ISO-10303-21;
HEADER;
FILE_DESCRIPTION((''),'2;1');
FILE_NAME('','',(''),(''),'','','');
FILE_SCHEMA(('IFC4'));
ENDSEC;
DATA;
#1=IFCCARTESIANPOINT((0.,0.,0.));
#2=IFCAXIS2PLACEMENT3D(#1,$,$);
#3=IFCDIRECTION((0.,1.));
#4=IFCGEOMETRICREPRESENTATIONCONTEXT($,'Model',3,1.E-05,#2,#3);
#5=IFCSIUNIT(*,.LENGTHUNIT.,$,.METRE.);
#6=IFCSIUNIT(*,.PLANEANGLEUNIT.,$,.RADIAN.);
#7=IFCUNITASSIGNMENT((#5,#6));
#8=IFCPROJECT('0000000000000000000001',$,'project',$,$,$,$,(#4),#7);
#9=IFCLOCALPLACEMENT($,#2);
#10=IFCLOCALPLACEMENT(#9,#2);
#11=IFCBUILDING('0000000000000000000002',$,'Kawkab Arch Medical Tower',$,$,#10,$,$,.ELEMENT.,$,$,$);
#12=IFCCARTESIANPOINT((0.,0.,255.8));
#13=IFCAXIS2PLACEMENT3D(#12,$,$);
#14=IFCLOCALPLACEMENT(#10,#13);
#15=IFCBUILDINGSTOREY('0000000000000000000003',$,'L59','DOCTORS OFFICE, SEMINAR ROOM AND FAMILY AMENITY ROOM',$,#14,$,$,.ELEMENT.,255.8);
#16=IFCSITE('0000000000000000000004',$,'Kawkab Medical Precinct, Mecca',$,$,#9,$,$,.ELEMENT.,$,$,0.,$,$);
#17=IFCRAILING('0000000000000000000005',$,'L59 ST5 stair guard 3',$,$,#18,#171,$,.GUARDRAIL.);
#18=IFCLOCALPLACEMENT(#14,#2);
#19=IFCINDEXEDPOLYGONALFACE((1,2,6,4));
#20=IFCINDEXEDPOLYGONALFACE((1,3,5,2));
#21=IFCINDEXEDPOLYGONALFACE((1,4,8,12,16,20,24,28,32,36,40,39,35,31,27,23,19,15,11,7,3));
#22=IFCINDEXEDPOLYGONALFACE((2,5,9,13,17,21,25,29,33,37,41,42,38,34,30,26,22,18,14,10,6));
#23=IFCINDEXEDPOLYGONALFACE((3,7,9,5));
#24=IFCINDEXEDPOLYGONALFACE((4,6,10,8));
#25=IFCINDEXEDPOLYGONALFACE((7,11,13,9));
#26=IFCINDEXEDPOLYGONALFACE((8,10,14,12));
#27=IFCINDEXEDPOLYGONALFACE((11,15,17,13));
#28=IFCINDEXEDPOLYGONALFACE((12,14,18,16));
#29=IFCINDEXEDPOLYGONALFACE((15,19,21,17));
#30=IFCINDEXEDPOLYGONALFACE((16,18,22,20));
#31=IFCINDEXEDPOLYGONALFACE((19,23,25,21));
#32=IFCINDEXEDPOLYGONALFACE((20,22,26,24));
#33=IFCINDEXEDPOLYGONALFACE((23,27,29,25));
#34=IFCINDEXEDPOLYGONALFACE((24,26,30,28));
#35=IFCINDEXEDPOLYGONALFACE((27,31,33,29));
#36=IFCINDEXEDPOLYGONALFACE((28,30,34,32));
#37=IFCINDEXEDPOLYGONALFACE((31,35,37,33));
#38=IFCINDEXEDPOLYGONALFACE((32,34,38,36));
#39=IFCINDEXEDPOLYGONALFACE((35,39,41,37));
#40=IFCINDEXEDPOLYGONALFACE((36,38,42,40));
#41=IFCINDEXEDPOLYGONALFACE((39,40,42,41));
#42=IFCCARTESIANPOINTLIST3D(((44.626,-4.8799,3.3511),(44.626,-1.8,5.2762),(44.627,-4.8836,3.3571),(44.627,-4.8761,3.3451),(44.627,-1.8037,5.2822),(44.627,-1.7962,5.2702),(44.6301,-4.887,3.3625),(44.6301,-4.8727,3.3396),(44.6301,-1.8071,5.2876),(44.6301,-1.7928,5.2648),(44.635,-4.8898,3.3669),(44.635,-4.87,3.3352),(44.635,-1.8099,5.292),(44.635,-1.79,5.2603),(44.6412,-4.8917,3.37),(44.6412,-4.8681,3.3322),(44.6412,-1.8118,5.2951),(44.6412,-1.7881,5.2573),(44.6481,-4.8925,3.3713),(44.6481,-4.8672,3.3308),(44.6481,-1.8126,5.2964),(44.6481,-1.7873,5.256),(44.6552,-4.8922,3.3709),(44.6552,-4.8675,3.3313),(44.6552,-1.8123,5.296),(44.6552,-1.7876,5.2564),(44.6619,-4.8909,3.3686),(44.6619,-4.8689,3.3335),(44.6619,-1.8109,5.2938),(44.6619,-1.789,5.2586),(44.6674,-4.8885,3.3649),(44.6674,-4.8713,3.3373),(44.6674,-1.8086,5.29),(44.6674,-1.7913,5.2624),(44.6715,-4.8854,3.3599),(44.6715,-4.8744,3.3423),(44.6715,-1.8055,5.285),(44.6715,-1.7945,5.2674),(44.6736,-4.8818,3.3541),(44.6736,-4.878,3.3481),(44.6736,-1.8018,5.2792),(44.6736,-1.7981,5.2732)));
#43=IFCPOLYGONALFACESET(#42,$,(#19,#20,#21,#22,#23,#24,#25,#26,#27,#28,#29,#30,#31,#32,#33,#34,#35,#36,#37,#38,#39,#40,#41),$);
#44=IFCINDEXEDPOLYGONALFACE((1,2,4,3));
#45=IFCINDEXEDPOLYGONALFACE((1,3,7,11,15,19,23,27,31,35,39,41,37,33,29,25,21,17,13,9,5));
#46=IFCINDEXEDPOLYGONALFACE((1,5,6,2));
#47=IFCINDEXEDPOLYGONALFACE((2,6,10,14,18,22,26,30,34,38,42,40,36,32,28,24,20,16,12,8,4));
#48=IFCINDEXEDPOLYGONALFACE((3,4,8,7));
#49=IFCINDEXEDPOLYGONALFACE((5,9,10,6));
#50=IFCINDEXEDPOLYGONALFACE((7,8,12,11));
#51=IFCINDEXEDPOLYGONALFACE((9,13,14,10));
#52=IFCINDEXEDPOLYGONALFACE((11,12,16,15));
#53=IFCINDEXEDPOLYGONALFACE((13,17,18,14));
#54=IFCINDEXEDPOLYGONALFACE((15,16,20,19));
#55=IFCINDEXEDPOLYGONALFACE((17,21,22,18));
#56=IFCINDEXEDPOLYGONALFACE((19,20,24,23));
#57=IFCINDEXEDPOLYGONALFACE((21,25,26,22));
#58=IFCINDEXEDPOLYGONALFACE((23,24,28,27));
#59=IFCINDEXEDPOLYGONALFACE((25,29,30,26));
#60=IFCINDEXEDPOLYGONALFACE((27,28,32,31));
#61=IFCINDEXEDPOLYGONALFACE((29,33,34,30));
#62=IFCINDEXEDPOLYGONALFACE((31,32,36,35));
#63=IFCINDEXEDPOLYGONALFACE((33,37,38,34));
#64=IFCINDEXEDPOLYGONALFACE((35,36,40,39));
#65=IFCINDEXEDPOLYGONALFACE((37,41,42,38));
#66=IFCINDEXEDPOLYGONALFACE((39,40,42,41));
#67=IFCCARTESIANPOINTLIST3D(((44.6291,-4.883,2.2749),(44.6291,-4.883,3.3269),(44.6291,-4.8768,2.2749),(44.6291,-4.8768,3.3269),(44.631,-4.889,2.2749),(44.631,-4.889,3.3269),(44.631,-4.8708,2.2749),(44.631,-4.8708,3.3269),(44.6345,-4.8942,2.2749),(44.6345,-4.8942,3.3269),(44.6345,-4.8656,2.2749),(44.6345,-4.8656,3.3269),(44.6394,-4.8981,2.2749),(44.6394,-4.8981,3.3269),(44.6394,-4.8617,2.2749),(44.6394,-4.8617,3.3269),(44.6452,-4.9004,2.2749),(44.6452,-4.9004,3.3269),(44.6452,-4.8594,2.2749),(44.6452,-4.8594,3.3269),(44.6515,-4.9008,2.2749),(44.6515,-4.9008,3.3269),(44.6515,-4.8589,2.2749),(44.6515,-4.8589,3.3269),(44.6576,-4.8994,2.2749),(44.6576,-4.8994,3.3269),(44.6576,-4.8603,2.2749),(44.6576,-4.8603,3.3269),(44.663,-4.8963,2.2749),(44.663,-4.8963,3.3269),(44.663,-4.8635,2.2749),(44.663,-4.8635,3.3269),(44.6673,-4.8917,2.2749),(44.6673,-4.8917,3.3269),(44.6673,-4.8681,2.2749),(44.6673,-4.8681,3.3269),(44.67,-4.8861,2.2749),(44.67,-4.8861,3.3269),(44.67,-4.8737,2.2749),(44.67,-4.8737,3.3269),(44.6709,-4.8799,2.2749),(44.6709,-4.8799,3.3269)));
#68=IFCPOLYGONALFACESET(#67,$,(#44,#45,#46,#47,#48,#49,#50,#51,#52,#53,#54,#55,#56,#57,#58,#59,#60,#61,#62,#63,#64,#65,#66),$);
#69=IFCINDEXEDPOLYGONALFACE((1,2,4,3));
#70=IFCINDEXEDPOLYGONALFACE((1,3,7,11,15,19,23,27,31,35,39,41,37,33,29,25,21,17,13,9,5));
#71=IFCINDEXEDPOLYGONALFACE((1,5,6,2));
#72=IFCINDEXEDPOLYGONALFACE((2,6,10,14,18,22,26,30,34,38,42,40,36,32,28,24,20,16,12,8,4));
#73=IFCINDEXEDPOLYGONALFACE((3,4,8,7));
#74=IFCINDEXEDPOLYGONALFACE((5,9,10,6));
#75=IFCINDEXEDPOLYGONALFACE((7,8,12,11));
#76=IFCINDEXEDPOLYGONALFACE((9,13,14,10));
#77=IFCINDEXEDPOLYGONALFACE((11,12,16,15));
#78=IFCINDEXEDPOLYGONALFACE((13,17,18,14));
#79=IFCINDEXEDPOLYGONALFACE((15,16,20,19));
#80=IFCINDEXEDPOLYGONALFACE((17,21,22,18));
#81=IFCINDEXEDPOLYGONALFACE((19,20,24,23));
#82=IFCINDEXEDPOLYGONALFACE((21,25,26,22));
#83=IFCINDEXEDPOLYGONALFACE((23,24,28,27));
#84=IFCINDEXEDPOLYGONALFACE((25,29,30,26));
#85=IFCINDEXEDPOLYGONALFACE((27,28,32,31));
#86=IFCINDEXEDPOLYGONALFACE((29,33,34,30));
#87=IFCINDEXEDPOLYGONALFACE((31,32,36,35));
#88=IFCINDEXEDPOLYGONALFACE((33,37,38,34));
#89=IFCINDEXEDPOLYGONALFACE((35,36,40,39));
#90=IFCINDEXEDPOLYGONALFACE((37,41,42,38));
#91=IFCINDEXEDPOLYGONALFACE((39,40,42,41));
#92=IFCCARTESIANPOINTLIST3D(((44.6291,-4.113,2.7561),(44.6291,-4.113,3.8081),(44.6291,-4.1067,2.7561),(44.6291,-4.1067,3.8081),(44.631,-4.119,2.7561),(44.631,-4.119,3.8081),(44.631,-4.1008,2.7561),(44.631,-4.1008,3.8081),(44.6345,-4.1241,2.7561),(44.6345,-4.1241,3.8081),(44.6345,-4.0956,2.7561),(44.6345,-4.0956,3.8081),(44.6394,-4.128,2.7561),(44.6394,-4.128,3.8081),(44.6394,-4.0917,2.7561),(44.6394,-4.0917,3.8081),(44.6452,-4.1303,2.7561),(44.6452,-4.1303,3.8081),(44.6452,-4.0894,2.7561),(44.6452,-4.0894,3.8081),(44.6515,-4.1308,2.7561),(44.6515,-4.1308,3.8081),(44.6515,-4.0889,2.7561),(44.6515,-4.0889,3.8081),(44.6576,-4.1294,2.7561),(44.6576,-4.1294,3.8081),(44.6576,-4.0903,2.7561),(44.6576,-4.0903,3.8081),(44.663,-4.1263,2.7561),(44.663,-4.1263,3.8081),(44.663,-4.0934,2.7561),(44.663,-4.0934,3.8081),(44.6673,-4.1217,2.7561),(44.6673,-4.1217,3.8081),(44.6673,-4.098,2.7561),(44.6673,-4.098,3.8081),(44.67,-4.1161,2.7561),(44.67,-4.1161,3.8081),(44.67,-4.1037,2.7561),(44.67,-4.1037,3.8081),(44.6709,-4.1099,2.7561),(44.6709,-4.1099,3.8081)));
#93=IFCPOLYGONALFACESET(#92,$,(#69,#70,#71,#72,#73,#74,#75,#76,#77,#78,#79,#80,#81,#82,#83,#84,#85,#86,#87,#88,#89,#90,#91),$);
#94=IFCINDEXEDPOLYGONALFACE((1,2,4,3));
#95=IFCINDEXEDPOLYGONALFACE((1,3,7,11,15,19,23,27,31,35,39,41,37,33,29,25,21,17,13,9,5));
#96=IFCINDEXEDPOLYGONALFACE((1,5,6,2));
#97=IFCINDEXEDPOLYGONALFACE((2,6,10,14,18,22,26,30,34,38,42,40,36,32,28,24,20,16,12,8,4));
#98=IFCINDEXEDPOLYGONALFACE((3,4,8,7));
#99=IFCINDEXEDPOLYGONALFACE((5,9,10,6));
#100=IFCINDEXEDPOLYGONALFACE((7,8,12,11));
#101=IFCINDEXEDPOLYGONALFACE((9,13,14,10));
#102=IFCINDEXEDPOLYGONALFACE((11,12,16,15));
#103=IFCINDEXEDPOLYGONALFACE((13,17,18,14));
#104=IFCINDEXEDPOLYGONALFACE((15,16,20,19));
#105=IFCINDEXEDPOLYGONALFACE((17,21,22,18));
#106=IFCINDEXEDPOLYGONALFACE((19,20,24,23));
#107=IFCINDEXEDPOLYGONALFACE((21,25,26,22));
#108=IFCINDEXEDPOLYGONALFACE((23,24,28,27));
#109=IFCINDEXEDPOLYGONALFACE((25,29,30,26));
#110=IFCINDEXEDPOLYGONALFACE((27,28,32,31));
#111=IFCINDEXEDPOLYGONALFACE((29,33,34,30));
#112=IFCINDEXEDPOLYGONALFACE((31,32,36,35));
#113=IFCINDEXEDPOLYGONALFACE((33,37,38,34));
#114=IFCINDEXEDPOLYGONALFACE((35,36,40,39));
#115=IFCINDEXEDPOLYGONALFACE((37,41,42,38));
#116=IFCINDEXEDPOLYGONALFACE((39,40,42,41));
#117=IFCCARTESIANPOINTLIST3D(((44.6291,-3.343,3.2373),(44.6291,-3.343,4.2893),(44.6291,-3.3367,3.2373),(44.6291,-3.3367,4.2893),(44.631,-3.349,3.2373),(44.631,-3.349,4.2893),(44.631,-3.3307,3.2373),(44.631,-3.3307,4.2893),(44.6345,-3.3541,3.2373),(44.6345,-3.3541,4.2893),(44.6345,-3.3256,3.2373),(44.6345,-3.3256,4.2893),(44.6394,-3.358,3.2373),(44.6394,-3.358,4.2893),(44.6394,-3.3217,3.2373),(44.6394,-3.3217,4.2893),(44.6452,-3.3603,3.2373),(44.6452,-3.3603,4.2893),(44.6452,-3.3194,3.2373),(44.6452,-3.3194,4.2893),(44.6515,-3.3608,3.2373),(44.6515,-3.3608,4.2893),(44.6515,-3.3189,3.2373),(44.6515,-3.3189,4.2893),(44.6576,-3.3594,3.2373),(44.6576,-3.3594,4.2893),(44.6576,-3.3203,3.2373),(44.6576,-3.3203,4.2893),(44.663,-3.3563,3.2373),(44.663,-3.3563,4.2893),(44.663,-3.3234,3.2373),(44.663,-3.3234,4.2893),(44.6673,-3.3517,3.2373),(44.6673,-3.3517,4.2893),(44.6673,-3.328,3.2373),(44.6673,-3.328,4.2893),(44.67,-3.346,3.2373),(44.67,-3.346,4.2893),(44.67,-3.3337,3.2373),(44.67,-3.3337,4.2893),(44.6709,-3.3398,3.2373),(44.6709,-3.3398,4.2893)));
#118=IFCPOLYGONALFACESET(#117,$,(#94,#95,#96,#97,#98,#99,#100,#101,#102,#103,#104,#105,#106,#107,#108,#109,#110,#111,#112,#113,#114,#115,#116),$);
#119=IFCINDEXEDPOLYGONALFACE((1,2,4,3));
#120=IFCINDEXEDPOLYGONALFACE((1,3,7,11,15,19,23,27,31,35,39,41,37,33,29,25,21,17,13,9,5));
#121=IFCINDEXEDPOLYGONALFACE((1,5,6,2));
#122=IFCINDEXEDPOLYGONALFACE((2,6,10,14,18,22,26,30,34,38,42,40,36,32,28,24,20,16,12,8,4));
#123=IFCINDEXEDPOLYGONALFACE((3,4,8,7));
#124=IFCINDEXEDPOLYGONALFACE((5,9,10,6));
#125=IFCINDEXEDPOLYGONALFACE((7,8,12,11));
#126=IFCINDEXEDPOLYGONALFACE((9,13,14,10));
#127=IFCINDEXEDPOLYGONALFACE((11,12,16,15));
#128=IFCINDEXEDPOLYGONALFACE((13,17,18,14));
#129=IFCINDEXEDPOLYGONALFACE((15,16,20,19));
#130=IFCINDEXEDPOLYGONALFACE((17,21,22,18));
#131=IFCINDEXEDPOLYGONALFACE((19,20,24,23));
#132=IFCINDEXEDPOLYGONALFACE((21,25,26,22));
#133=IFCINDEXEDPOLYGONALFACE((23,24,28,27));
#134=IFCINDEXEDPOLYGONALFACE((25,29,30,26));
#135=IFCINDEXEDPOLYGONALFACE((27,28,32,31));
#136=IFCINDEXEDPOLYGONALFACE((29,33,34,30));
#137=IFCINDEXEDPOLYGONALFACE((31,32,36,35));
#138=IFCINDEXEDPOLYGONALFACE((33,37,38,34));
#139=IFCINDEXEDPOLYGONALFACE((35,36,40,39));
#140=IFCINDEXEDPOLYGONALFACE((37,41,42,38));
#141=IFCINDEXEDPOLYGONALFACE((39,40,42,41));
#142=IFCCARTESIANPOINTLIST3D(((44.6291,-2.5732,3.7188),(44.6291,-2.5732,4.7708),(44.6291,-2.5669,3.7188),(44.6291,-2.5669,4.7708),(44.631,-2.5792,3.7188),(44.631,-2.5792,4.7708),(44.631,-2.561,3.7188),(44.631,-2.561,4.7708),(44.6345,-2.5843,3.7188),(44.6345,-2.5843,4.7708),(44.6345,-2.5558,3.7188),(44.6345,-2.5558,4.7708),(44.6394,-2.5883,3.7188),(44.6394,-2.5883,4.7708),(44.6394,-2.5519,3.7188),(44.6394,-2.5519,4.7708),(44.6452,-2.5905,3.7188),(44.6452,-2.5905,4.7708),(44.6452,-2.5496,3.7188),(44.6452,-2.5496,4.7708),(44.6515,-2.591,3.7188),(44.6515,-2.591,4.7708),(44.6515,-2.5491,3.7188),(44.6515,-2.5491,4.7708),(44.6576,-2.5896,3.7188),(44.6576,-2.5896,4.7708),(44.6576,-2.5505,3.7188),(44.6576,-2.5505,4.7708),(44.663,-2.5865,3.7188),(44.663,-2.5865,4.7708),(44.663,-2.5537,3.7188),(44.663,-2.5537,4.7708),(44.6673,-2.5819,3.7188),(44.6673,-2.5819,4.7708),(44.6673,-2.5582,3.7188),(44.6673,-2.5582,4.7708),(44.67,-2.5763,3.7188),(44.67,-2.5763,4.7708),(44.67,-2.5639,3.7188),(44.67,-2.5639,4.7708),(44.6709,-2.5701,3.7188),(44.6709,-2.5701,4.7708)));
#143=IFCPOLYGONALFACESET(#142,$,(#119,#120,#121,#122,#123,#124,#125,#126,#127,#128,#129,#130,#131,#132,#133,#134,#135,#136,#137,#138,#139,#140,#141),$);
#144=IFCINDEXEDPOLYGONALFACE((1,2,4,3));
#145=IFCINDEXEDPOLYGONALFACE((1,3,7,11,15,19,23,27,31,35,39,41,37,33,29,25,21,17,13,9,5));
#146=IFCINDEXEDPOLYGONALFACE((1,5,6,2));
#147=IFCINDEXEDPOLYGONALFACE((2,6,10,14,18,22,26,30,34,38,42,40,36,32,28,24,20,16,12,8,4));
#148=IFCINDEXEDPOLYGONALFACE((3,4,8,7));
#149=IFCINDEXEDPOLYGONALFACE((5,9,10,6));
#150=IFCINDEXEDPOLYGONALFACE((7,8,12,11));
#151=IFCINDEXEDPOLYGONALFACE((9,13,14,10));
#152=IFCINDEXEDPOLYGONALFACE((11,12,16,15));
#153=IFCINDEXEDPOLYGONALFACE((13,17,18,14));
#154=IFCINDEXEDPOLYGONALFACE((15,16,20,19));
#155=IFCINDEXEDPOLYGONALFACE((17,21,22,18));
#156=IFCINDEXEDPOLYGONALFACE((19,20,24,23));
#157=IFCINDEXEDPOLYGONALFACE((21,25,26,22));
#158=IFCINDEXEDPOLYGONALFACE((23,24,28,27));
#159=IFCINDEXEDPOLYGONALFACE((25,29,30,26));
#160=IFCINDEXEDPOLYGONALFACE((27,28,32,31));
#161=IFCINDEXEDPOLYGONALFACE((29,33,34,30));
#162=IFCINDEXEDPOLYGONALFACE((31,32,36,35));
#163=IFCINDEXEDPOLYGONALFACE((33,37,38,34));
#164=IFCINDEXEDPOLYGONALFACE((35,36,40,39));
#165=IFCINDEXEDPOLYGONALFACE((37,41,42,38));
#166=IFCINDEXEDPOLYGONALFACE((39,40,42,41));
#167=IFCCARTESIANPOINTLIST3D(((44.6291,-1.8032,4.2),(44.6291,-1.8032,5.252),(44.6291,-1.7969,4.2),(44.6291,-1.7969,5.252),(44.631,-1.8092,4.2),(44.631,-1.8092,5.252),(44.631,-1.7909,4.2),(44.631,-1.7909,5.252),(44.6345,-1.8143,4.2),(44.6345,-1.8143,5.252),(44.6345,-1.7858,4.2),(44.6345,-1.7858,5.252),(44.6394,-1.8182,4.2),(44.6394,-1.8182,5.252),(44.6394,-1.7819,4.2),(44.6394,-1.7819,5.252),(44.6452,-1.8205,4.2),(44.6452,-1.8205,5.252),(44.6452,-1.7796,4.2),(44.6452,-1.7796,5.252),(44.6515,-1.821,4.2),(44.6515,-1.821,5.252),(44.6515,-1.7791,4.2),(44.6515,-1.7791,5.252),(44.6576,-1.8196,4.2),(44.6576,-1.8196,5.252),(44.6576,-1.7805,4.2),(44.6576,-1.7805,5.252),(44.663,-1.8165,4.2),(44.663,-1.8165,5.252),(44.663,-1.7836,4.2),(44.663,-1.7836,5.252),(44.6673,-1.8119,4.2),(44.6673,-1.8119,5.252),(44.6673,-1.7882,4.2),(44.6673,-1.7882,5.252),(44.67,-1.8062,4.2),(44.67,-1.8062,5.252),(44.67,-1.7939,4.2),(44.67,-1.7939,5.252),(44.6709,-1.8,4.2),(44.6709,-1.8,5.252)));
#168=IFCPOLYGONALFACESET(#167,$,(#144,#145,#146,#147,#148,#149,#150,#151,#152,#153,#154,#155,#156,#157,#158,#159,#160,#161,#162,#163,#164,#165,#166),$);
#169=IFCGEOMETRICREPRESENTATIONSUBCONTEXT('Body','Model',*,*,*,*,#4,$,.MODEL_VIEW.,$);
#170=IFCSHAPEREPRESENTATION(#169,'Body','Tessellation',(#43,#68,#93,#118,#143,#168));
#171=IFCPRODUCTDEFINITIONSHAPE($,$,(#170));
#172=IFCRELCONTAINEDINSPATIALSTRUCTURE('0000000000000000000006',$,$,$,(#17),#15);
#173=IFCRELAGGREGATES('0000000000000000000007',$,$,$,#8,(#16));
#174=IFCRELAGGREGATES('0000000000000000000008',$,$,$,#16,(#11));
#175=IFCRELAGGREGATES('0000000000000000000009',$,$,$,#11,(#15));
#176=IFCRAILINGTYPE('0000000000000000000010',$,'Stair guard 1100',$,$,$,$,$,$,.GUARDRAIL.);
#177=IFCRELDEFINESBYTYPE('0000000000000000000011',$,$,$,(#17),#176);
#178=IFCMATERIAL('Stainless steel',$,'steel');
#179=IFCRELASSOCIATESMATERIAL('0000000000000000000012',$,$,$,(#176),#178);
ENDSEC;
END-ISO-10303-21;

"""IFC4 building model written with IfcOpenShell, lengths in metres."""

from ifc_helpers import new_model, si_unit, direction, frame, origin, origin_2d, place, context, subcontext, project, spatial, circle, extrude, material, type_object, element, save


model = new_model("IFC4")

# Units and contexts
model_context = context("Model", 3, precision=1e-05, world=origin(), true_north=direction((0.0, 1.0)))
body_context = subcontext(model_context, "Body", "Model", "MODEL_VIEW")
ifc_project = project(units=[si_unit("LENGTHUNIT", "METRE"), si_unit("PLANEANGLEUNIT", "RADIAN")], contexts=[model_context])

# Site, building, storey
site_placement = place(None, origin())
site = spatial("IfcSite", under=ifc_project, at=site_placement, Name="Kawkab Medical Precinct, Mecca", CompositionType="ELEMENT", RefElevation=0.0)
building_placement = place(site_placement, origin())
building = spatial("IfcBuilding", under=site, at=building_placement, Name="Kawkab Arch Medical Tower", CompositionType="ELEMENT")
storey_placement = place(building_placement, frame((0.0, 0.0, 255.8)))
storey = spatial("IfcBuildingStorey", under=building, at=storey_placement, Name="L59", Description="DOCTORS OFFICE, SEMINAR ROOM AND FAMILY AMENITY ROOM", CompositionType="ELEMENT", Elevation=255.8)

# Railing
ifc_material_1 = material(Name="Stainless steel", Category="steel")
railing_type_1 = type_object("IfcRailingType", Name="Stair guard 1100", PredefinedType="GUARDRAIL", material=ifc_material_1)
railing_1_placement = place(storey_placement, frame((44.6499, -4.8799, 2.2749)))
element("IfcRailing", 1, at=railing_1_placement, inside=storey, type_object=railing_type_1, Name="L59 ST5 stair guard 3", PredefinedType="GUARDRAIL", context=body_context, shape_type="SweptSolid", body=[
    extrude(circle(Radius=0.0239, at=origin_2d()), frame((0.0, 0.0, 1.0762), z_axis=(0.0, 0.847979, 0.530029), x_axis=(-1.0, 0.0, 0.0)), (0.0, 0.0, 1.0), 3.6321),
    extrude(circle(Radius=0.021, at=origin_2d()), origin(), (0.0, 0.0, 1.0), 1.052),
    extrude(circle(Radius=0.021, at=origin_2d()), frame((0.0, 0.77, 0.4812)), (0.0, 0.0, 1.0), 1.052),
    extrude(circle(Radius=0.021, at=origin_2d()), frame((0.0, 1.54, 0.9624)), (0.0, 0.0, 1.0), 1.052),
    extrude(circle(Radius=0.021, at=origin_2d()), frame((0.0, 2.3098, 1.4438)), (0.0, 0.0, 1.0), 1.052),
    extrude(circle(Radius=0.021, at=origin_2d()), frame((0.0, 3.0798, 1.925)), (0.0, 0.0, 1.0), 1.052),
])

save(model, "model.ifc")
